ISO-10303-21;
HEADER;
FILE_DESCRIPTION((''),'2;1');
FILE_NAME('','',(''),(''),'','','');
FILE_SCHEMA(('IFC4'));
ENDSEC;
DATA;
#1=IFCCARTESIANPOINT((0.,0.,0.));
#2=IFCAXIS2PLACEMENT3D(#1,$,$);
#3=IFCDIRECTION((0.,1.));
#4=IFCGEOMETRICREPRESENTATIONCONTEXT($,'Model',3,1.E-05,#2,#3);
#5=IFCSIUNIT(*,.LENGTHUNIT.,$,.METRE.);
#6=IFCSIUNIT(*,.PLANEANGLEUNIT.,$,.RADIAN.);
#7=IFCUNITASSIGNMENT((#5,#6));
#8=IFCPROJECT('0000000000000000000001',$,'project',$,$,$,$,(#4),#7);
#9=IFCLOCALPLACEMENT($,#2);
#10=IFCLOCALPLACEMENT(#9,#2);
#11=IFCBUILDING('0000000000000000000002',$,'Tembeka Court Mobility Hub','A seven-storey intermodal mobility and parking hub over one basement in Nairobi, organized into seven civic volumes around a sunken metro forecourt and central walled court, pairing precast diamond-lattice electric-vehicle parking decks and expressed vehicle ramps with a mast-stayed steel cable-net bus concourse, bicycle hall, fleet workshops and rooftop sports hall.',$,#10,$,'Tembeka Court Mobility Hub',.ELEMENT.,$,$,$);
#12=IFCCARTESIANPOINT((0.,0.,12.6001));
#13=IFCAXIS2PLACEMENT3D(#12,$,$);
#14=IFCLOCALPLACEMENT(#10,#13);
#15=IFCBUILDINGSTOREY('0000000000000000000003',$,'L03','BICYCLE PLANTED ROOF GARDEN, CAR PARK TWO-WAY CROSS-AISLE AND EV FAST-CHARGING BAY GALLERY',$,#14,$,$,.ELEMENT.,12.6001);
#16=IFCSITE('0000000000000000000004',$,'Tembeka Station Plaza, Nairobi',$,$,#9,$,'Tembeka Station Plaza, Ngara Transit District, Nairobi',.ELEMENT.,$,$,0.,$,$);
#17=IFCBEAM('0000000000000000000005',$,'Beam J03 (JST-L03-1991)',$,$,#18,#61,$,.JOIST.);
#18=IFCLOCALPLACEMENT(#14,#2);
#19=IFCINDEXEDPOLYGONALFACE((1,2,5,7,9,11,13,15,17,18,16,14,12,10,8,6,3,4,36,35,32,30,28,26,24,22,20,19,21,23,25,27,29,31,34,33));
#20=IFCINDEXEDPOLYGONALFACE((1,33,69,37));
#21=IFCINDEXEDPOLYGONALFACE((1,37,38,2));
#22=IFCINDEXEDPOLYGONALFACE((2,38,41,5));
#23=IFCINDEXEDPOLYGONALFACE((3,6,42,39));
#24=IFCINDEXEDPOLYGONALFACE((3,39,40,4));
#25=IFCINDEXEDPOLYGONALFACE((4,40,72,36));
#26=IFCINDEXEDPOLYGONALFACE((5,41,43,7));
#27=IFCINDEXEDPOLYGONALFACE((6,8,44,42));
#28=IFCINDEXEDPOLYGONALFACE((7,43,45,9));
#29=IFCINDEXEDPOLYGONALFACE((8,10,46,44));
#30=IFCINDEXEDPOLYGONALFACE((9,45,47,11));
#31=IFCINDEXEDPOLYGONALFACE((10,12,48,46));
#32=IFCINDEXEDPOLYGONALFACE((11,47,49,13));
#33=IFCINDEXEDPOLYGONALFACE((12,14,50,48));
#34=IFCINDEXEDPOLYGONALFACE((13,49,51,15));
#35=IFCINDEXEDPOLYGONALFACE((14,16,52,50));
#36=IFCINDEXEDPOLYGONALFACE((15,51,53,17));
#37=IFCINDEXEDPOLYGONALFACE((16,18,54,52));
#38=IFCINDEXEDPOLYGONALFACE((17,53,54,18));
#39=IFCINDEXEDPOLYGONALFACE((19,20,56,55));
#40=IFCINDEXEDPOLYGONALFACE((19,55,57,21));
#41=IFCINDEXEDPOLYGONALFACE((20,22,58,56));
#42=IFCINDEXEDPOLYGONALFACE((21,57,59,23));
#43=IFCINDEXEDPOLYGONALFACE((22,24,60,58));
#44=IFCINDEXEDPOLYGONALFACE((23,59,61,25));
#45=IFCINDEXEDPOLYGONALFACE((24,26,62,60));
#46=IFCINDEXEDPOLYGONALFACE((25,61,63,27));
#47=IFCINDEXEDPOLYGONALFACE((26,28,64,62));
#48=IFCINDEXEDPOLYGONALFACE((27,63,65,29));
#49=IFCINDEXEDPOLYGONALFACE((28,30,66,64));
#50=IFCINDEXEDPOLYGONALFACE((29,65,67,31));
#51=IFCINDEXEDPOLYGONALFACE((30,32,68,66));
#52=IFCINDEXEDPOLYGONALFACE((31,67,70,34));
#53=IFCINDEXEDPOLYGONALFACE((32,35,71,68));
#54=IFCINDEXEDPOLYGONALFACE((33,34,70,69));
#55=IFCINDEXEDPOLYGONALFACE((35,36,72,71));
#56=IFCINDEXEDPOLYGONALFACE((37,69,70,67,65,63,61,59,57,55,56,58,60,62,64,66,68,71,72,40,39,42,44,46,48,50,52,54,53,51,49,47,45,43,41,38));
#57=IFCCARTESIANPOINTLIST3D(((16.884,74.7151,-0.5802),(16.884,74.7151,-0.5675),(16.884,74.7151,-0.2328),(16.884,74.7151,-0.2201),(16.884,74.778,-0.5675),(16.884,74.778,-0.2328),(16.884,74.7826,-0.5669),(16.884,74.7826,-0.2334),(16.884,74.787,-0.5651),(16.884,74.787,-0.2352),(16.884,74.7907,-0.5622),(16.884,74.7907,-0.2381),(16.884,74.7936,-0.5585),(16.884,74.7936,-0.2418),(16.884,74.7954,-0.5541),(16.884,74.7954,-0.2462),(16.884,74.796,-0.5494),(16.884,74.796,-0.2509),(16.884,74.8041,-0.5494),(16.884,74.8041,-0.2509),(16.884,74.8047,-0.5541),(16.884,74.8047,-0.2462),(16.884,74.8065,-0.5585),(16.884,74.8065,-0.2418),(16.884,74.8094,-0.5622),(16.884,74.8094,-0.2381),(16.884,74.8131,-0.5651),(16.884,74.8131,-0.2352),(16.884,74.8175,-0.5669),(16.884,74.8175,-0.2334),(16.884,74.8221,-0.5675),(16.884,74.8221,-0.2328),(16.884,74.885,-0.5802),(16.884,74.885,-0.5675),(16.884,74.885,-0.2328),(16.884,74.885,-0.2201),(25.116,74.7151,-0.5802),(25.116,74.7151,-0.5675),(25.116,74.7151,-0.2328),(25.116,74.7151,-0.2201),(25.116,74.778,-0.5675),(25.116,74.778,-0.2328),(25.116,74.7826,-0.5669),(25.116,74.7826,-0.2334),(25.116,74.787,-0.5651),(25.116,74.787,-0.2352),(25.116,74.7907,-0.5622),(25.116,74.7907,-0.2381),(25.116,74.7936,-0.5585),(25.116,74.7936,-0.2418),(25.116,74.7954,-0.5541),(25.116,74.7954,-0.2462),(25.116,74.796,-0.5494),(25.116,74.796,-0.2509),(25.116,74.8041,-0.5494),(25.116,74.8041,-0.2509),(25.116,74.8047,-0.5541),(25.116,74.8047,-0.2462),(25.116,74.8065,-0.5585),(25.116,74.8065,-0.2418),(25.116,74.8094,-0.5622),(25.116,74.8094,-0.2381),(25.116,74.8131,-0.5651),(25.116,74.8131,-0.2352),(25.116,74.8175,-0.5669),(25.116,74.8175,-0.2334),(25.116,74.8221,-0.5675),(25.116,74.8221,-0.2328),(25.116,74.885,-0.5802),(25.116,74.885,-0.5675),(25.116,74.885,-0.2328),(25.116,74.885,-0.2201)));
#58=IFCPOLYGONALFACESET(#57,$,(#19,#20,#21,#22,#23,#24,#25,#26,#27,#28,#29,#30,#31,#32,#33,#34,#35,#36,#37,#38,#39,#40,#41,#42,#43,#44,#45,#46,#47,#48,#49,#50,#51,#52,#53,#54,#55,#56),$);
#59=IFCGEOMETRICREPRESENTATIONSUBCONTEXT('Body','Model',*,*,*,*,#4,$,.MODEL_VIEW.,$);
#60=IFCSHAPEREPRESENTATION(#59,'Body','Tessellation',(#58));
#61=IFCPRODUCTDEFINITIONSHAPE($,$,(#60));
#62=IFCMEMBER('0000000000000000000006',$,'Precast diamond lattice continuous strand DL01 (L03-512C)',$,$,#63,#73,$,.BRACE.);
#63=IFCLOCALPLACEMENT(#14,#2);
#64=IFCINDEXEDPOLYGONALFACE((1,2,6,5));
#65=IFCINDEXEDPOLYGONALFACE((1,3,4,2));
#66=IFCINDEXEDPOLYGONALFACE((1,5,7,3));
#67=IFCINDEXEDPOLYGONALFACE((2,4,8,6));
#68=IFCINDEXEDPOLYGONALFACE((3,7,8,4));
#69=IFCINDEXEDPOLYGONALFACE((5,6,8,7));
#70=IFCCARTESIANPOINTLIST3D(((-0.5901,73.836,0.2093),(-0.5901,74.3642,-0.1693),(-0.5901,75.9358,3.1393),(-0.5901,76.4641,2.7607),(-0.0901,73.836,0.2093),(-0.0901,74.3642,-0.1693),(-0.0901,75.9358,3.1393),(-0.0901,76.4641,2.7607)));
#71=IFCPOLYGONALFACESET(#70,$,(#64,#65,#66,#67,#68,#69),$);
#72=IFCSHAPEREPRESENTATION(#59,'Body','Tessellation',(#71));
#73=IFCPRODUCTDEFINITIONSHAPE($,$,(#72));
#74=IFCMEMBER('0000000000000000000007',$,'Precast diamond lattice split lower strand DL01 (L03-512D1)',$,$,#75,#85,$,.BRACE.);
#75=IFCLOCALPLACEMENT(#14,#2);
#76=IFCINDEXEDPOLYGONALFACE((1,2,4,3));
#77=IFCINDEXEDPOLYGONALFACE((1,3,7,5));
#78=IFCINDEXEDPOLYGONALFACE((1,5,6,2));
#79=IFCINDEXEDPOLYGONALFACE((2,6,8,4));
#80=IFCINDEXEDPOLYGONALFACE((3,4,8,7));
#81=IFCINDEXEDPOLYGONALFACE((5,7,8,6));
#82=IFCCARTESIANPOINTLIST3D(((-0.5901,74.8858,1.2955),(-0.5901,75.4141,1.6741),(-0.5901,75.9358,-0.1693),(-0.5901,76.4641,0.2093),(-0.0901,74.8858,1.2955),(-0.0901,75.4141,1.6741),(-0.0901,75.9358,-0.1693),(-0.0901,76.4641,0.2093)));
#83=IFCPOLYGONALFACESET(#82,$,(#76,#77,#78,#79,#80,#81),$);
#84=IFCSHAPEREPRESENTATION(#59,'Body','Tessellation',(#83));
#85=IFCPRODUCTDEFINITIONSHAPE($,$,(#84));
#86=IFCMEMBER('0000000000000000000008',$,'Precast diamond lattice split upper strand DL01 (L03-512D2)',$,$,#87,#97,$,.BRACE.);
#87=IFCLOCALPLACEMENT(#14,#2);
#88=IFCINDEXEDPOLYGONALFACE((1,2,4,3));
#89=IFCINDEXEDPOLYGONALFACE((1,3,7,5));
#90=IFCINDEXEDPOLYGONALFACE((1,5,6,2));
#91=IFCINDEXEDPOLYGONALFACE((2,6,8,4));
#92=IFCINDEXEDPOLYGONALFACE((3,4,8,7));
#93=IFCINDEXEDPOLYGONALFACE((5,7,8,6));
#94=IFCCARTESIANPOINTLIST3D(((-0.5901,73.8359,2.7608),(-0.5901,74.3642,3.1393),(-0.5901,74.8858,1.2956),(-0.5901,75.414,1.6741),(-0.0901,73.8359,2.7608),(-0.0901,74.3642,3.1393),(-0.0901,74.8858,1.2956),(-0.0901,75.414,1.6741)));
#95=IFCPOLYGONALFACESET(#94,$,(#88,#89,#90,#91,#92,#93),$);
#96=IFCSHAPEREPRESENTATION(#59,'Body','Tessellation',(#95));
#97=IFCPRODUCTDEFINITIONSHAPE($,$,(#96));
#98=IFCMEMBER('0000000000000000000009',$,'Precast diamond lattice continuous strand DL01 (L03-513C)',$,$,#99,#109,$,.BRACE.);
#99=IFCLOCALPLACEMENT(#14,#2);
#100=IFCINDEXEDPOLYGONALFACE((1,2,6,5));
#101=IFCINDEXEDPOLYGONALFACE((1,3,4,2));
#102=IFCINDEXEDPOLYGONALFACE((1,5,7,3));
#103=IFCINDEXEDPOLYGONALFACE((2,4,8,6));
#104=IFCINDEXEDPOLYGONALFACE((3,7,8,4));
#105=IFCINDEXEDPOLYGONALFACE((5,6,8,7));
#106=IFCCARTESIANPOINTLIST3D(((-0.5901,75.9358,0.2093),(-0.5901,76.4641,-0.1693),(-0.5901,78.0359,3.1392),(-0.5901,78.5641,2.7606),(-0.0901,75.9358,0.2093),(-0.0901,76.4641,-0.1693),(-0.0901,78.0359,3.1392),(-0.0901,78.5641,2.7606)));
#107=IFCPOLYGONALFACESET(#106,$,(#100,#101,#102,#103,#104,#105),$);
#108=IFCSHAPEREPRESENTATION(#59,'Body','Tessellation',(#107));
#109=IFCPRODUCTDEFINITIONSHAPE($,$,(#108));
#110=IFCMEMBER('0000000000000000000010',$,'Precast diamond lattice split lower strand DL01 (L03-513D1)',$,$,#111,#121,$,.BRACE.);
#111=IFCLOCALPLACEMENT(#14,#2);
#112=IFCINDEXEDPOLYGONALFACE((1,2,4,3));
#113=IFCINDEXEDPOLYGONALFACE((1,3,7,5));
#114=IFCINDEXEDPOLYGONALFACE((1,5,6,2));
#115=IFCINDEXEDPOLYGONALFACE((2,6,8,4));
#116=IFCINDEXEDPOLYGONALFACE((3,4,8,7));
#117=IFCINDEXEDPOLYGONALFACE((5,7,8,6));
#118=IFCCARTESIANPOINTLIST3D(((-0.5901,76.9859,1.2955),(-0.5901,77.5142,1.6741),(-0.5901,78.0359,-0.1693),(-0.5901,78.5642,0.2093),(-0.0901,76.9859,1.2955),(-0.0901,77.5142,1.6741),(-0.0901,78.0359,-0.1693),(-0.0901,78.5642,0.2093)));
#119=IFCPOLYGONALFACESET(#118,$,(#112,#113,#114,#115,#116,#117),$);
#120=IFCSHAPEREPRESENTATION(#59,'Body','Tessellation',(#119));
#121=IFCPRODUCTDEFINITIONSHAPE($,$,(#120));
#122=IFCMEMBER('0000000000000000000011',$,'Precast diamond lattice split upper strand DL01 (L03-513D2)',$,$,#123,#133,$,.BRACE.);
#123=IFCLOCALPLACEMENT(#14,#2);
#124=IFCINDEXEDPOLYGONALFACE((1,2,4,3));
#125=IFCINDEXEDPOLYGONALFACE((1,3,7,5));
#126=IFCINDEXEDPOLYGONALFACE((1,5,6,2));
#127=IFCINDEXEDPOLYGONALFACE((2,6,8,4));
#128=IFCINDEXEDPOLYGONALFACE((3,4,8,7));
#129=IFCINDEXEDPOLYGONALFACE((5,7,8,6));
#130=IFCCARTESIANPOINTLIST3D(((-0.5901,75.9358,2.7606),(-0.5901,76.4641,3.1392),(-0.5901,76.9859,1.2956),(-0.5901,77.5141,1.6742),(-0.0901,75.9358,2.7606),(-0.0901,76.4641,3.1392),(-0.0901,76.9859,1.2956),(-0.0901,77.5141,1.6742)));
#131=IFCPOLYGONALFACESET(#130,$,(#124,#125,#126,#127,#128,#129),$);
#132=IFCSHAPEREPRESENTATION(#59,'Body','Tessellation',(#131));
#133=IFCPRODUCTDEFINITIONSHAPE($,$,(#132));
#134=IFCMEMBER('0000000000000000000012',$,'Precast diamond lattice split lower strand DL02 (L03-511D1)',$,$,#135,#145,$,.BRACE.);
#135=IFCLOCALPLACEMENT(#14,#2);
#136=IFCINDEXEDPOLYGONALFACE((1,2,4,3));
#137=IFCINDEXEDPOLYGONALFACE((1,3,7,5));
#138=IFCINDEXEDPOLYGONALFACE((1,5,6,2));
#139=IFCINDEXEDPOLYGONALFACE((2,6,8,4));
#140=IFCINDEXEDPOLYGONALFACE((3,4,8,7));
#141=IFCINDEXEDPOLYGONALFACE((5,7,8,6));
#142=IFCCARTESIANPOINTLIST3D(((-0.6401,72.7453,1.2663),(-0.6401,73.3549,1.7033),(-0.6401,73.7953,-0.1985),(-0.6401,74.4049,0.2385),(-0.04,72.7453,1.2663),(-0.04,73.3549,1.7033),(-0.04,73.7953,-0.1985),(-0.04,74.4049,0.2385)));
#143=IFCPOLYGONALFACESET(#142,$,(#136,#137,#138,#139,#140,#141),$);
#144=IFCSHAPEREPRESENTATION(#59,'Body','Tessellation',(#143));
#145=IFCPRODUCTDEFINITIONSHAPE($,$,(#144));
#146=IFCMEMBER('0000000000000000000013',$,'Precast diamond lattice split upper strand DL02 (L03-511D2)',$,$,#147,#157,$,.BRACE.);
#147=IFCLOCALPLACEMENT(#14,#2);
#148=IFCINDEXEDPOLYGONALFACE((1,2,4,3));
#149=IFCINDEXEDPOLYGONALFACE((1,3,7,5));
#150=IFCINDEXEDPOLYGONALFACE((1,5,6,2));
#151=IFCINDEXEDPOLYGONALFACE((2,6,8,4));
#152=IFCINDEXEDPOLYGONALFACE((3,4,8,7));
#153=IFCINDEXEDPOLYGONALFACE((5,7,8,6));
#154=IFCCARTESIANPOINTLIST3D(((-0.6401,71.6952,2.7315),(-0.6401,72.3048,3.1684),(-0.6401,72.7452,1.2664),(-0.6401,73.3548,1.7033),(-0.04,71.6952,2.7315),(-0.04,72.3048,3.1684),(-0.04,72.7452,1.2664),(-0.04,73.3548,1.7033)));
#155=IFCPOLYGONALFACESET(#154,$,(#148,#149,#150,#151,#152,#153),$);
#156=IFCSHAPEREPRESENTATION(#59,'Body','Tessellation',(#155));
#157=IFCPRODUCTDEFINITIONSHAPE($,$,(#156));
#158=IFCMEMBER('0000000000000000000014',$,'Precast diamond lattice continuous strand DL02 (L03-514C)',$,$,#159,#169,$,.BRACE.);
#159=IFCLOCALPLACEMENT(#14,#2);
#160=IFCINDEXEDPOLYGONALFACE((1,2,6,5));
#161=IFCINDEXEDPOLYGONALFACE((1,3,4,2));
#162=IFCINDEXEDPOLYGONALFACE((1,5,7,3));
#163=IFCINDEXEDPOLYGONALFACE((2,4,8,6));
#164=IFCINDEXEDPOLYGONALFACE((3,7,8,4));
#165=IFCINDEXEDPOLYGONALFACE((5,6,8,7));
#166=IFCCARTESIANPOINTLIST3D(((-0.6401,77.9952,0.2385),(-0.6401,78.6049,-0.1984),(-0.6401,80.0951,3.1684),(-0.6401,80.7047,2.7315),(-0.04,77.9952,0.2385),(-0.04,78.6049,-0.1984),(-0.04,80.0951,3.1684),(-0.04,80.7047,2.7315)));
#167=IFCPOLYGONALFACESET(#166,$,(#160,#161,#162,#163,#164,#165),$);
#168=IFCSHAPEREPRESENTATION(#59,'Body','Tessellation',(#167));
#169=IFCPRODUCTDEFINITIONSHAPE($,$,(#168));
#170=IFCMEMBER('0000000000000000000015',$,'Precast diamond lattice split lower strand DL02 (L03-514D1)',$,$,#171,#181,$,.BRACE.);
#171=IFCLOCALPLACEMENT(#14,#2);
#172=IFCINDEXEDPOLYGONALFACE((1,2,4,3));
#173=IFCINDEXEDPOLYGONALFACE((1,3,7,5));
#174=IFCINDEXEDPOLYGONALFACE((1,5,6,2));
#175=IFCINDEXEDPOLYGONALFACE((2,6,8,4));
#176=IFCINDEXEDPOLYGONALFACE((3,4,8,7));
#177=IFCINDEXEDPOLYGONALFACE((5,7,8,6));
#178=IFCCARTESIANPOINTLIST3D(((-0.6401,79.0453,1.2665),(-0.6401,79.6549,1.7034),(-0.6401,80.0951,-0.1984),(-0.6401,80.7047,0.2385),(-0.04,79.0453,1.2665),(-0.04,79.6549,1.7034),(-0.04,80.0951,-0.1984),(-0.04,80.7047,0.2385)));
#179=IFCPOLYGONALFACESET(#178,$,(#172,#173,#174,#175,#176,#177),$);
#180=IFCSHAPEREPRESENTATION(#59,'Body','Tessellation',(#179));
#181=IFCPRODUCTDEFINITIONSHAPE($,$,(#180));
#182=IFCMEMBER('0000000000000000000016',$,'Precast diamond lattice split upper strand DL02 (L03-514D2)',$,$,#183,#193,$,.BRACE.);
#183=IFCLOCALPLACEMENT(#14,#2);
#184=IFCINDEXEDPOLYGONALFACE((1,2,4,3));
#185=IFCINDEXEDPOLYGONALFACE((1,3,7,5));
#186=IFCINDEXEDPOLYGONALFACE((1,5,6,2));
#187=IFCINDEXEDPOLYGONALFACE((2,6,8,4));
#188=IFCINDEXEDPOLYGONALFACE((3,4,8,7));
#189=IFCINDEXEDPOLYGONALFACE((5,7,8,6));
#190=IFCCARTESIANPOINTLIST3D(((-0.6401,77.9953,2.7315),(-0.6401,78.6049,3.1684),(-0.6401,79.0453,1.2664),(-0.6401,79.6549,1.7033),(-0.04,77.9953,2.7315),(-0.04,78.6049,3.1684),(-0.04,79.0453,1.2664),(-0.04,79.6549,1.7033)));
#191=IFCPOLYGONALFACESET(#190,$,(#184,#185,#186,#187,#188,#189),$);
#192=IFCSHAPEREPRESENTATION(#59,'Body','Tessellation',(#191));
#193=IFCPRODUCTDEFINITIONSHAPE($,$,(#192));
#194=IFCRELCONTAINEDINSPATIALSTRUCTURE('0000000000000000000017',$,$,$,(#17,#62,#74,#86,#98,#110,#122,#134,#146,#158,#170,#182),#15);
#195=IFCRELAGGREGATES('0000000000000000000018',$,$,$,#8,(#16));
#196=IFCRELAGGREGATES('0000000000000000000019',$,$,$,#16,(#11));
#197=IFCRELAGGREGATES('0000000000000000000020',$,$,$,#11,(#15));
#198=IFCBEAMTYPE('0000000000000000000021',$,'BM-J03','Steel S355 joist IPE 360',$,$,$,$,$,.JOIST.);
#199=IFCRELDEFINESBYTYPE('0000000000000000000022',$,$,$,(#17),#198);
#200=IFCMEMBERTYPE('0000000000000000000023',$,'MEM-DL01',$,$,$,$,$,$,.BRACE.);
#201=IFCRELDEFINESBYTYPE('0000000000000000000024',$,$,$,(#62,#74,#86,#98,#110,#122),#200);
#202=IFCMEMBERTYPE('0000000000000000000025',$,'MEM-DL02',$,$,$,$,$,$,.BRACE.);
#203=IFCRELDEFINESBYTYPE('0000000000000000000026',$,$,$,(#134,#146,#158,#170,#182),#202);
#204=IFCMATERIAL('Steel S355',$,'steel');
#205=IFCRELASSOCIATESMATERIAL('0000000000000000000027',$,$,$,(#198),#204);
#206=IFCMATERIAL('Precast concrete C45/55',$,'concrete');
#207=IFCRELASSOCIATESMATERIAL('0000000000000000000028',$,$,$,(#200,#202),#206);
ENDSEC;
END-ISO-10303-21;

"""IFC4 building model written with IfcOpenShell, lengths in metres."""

from ifc_helpers import new_model, si_unit, direction, frame, origin, origin_2d, place, context, subcontext, project, spatial, rectangle, i_section, extrude, material, material_profile, profile_set, type_object, element, save


model = new_model("IFC4")

# Units and contexts
model_context = context("Model", 3, precision=1e-05, world=origin(), true_north=direction((0.0, 1.0)))
body_context = subcontext(model_context, "Body", "Model", "MODEL_VIEW")
ifc_project = project(units=[si_unit("LENGTHUNIT", "METRE"), si_unit("PLANEANGLEUNIT", "RADIAN")], contexts=[model_context])

# Site, building, storey
site_placement = place(None, origin())
site = spatial("IfcSite", under=ifc_project, at=site_placement, Name="Tembeka Station Plaza, Nairobi", LongName="Tembeka Station Plaza, Ngara Transit District, Nairobi", CompositionType="ELEMENT", RefElevation=0.0)
building_placement = place(site_placement, origin())
building = spatial("IfcBuilding", under=site, at=building_placement, Name="Tembeka Court Mobility Hub", Description="A seven-storey intermodal mobility and parking hub over one basement in Nairobi, organized into seven civic volumes around a sunken metro forecourt and central walled court, pairing precast diamond-lattice electric-vehicle parking decks and expressed vehicle ramps with a mast-stayed steel cable-net bus concourse, bicycle hall, fleet workshops and rooftop sports hall.", LongName="Tembeka Court Mobility Hub", CompositionType="ELEMENT")
storey_placement = place(building_placement, frame((0.0, 0.0, 12.6001)))
storey = spatial("IfcBuildingStorey", under=building, at=storey_placement, Name="L03", Description="BICYCLE PLANTED ROOF GARDEN, CAR PARK TWO-WAY CROSS-AISLE AND EV FAST-CHARGING BAY GALLERY", CompositionType="ELEMENT", Elevation=12.6001)

# Shared definitions
ifc_material_1 = material(Name="Steel S355", Category="steel")

# Beam
ifc_material_profile_1 = material_profile(ifc_material_1, i_section(OverallWidth=0.1699, OverallDepth=0.3601, WebThickness=0.0081, FlangeThickness=0.0127, FilletRadius=0.0181, at=origin_2d()), Name="IPE 360")
ifc_profile_set_1 = profile_set([ifc_material_profile_1], Name="Steel S355")
beam_type_1 = type_object("IfcBeamType", Name="BM-J03", Description="Steel S355 joist IPE 360", PredefinedType="JOIST", material=ifc_profile_set_1)
beam_1_placement = place(storey_placement, frame((16.884, 74.8, -0.4001), z_axis=(1.0, 0.0, 0.0), x_axis=(0.0, 1.0, 0.0)))
element("IfcBeam", 1, at=beam_1_placement, inside=storey, type_object=beam_type_1, Name="Beam J03 (JST-L03-1991)", PredefinedType="JOIST", context=body_context, shape_type="SweptSolid", body=[
    extrude(i_section(OverallWidth=0.1699, OverallDepth=0.3601, WebThickness=0.0081, FlangeThickness=0.0127, FilletRadius=0.0181, at=origin_2d()), origin(), (0.0, 0.0, 1.0), 8.2319),
])

# Members
ifc_material_2 = material(Name="Precast concrete C45/55", Category="concrete")
ifc_material_profile_2 = material_profile(ifc_material_2, rectangle(XDim=0.5, YDim=0.6499, at=origin_2d()), Name="PC-DIAG 500x650")
ifc_profile_set_2 = profile_set([ifc_material_profile_2], Name="Precast concrete C45/55")
member_type_1 = type_object("IfcMemberType", Name="MEM-DL01", PredefinedType="BRACE", material=ifc_profile_set_2)
member_1_placement = place(storey_placement, frame((-0.3401, 74.1001, 0.02), z_axis=(0.0, 0.582532, 0.812808), x_axis=(-1.0, 0.0, 0.0)))
element("IfcMember", 2, at=member_1_placement, inside=storey, type_object=member_type_1, Name="Precast diamond lattice continuous strand DL01 (L03-512C)", PredefinedType="BRACE", context=body_context, shape_type="SweptSolid", body=[
    extrude(rectangle(XDim=0.5, YDim=0.6499, at=origin_2d()), origin(), (0.0, 0.0, 1.0), 3.6047),
])
member_2_placement = place(storey_placement, frame((-0.3401, 76.2, 0.02), z_axis=(0.0, -0.582608, 0.812753), x_axis=(1.0, 0.0, 0.0)))
element("IfcMember", 3, at=member_2_placement, inside=storey, type_object=member_type_1, Name="Precast diamond lattice split lower strand DL01 (L03-512D1)", PredefinedType="BRACE", context=body_context, shape_type="SweptSolid", body=[
    extrude(rectangle(XDim=0.5, YDim=0.6499, at=origin_2d()), origin(), (0.0, 0.0, 1.0), 1.8022),
])
member_3_placement = place(storey_placement, frame((-0.3401, 75.1499, 1.4849), z_axis=(0.0, -0.582455, 0.812863), x_axis=(1.0, 0.0, 0.0)))
element("IfcMember", 4, at=member_3_placement, inside=storey, type_object=member_type_1, Name="Precast diamond lattice split upper strand DL01 (L03-512D2)", PredefinedType="BRACE", context=body_context, shape_type="SweptSolid", body=[
    extrude(rectangle(XDim=0.5, YDim=0.6499, at=origin_2d()), origin(), (0.0, 0.0, 1.0), 1.8025),
])
member_4_placement = place(storey_placement, frame((-0.3401, 76.2, 0.02), z_axis=(0.0, 0.582576, 0.812776), x_axis=(-1.0, 0.0, 0.0)))
element("IfcMember", 5, at=member_4_placement, inside=storey, type_object=member_type_1, Name="Precast diamond lattice continuous strand DL01 (L03-513C)", PredefinedType="BRACE", context=body_context, shape_type="SweptSolid", body=[
    extrude(rectangle(XDim=0.5, YDim=0.6499, at=origin_2d()), origin(), (0.0, 0.0, 1.0), 3.6047),
])
member_5_placement = place(storey_placement, frame((-0.3401, 78.3, 0.02), z_axis=(0.0, -0.582608, 0.812753), x_axis=(1.0, 0.0, 0.0)))
element("IfcMember", 6, at=member_5_placement, inside=storey, type_object=member_type_1, Name="Precast diamond lattice split lower strand DL01 (L03-513D1)", PredefinedType="BRACE", context=body_context, shape_type="SweptSolid", body=[
    extrude(rectangle(XDim=0.5, YDim=0.6499, at=origin_2d()), origin(), (0.0, 0.0, 1.0), 1.8022),
])
member_6_placement = place(storey_placement, frame((-0.3401, 77.25, 1.4849), z_axis=(0.0, -0.582544, 0.812799), x_axis=(1.0, 0.0, 0.0)))
element("IfcMember", 7, at=member_6_placement, inside=storey, type_object=member_type_1, Name="Precast diamond lattice split upper strand DL01 (L03-513D2)", PredefinedType="BRACE", context=body_context, shape_type="SweptSolid", body=[
    extrude(rectangle(XDim=0.5, YDim=0.6499, at=origin_2d()), origin(), (0.0, 0.0, 1.0), 1.8025),
])
ifc_material_profile_3 = material_profile(ifc_material_2, rectangle(XDim=0.6001, YDim=0.75, at=origin_2d()), Name="PC-DIAG 600x750")
ifc_profile_set_3 = profile_set([ifc_material_profile_3], Name="Precast concrete C45/55")
member_type_2 = type_object("IfcMemberType", Name="MEM-DL02", PredefinedType="BRACE", material=ifc_profile_set_3)
member_7_placement = place(storey_placement, frame((-0.3401, 74.1001, 0.02), z_axis=(0.0, -0.582608, 0.812753), x_axis=(1.0, 0.0, 0.0)))
element("IfcMember", 8, at=member_7_placement, inside=storey, type_object=member_type_2, Name="Precast diamond lattice split lower strand DL02 (L03-511D1)", PredefinedType="BRACE", context=body_context, shape_type="SweptSolid", body=[
    extrude(rectangle(XDim=0.6001, YDim=0.75, at=origin_2d()), origin(), (0.0, 0.0, 1.0), 1.8022),
])
member_8_placement = place(storey_placement, frame((-0.3401, 73.05, 1.4849), z_axis=(0.0, -0.582544, 0.812799), x_axis=(1.0, 0.0, 0.0)))
element("IfcMember", 9, at=member_8_placement, inside=storey, type_object=member_type_2, Name="Precast diamond lattice split upper strand DL02 (L03-511D2)", PredefinedType="BRACE", context=body_context, shape_type="SweptSolid", body=[
    extrude(rectangle(XDim=0.6001, YDim=0.75, at=origin_2d()), origin(), (0.0, 0.0, 1.0), 1.8025),
])
member_9_placement = place(storey_placement, frame((-0.3401, 78.3, 0.02), z_axis=(0.0, 0.582532, 0.812808), x_axis=(-1.0, 0.0, 0.0)))
element("IfcMember", 10, at=member_9_placement, inside=storey, type_object=member_type_2, Name="Precast diamond lattice continuous strand DL02 (L03-514C)", PredefinedType="BRACE", context=body_context, shape_type="SweptSolid", body=[
    extrude(rectangle(XDim=0.6001, YDim=0.75, at=origin_2d()), origin(), (0.0, 0.0, 1.0), 3.6047),
])
member_10_placement = place(storey_placement, frame((-0.3401, 80.3999, 0.02), z_axis=(0.0, -0.582519, 0.812817), x_axis=(1.0, 0.0, 0.0)))
element("IfcMember", 11, at=member_10_placement, inside=storey, type_object=member_type_2, Name="Precast diamond lattice split lower strand DL02 (L03-514D1)", PredefinedType="BRACE", context=body_context, shape_type="SweptSolid", body=[
    extrude(rectangle(XDim=0.6001, YDim=0.75, at=origin_2d()), origin(), (0.0, 0.0, 1.0), 1.8022),
])
member_11_placement = place(storey_placement, frame((-0.3401, 79.3501, 1.4849), z_axis=(0.0, -0.582544, 0.812799), x_axis=(1.0, 0.0, 0.0)))
element("IfcMember", 12, at=member_11_placement, inside=storey, type_object=member_type_2, Name="Precast diamond lattice split upper strand DL02 (L03-514D2)", PredefinedType="BRACE", context=body_context, shape_type="SweptSolid", body=[
    extrude(rectangle(XDim=0.6001, YDim=0.75, at=origin_2d()), origin(), (0.0, 0.0, 1.0), 1.8025),
])

save(model, "model.ifc")
